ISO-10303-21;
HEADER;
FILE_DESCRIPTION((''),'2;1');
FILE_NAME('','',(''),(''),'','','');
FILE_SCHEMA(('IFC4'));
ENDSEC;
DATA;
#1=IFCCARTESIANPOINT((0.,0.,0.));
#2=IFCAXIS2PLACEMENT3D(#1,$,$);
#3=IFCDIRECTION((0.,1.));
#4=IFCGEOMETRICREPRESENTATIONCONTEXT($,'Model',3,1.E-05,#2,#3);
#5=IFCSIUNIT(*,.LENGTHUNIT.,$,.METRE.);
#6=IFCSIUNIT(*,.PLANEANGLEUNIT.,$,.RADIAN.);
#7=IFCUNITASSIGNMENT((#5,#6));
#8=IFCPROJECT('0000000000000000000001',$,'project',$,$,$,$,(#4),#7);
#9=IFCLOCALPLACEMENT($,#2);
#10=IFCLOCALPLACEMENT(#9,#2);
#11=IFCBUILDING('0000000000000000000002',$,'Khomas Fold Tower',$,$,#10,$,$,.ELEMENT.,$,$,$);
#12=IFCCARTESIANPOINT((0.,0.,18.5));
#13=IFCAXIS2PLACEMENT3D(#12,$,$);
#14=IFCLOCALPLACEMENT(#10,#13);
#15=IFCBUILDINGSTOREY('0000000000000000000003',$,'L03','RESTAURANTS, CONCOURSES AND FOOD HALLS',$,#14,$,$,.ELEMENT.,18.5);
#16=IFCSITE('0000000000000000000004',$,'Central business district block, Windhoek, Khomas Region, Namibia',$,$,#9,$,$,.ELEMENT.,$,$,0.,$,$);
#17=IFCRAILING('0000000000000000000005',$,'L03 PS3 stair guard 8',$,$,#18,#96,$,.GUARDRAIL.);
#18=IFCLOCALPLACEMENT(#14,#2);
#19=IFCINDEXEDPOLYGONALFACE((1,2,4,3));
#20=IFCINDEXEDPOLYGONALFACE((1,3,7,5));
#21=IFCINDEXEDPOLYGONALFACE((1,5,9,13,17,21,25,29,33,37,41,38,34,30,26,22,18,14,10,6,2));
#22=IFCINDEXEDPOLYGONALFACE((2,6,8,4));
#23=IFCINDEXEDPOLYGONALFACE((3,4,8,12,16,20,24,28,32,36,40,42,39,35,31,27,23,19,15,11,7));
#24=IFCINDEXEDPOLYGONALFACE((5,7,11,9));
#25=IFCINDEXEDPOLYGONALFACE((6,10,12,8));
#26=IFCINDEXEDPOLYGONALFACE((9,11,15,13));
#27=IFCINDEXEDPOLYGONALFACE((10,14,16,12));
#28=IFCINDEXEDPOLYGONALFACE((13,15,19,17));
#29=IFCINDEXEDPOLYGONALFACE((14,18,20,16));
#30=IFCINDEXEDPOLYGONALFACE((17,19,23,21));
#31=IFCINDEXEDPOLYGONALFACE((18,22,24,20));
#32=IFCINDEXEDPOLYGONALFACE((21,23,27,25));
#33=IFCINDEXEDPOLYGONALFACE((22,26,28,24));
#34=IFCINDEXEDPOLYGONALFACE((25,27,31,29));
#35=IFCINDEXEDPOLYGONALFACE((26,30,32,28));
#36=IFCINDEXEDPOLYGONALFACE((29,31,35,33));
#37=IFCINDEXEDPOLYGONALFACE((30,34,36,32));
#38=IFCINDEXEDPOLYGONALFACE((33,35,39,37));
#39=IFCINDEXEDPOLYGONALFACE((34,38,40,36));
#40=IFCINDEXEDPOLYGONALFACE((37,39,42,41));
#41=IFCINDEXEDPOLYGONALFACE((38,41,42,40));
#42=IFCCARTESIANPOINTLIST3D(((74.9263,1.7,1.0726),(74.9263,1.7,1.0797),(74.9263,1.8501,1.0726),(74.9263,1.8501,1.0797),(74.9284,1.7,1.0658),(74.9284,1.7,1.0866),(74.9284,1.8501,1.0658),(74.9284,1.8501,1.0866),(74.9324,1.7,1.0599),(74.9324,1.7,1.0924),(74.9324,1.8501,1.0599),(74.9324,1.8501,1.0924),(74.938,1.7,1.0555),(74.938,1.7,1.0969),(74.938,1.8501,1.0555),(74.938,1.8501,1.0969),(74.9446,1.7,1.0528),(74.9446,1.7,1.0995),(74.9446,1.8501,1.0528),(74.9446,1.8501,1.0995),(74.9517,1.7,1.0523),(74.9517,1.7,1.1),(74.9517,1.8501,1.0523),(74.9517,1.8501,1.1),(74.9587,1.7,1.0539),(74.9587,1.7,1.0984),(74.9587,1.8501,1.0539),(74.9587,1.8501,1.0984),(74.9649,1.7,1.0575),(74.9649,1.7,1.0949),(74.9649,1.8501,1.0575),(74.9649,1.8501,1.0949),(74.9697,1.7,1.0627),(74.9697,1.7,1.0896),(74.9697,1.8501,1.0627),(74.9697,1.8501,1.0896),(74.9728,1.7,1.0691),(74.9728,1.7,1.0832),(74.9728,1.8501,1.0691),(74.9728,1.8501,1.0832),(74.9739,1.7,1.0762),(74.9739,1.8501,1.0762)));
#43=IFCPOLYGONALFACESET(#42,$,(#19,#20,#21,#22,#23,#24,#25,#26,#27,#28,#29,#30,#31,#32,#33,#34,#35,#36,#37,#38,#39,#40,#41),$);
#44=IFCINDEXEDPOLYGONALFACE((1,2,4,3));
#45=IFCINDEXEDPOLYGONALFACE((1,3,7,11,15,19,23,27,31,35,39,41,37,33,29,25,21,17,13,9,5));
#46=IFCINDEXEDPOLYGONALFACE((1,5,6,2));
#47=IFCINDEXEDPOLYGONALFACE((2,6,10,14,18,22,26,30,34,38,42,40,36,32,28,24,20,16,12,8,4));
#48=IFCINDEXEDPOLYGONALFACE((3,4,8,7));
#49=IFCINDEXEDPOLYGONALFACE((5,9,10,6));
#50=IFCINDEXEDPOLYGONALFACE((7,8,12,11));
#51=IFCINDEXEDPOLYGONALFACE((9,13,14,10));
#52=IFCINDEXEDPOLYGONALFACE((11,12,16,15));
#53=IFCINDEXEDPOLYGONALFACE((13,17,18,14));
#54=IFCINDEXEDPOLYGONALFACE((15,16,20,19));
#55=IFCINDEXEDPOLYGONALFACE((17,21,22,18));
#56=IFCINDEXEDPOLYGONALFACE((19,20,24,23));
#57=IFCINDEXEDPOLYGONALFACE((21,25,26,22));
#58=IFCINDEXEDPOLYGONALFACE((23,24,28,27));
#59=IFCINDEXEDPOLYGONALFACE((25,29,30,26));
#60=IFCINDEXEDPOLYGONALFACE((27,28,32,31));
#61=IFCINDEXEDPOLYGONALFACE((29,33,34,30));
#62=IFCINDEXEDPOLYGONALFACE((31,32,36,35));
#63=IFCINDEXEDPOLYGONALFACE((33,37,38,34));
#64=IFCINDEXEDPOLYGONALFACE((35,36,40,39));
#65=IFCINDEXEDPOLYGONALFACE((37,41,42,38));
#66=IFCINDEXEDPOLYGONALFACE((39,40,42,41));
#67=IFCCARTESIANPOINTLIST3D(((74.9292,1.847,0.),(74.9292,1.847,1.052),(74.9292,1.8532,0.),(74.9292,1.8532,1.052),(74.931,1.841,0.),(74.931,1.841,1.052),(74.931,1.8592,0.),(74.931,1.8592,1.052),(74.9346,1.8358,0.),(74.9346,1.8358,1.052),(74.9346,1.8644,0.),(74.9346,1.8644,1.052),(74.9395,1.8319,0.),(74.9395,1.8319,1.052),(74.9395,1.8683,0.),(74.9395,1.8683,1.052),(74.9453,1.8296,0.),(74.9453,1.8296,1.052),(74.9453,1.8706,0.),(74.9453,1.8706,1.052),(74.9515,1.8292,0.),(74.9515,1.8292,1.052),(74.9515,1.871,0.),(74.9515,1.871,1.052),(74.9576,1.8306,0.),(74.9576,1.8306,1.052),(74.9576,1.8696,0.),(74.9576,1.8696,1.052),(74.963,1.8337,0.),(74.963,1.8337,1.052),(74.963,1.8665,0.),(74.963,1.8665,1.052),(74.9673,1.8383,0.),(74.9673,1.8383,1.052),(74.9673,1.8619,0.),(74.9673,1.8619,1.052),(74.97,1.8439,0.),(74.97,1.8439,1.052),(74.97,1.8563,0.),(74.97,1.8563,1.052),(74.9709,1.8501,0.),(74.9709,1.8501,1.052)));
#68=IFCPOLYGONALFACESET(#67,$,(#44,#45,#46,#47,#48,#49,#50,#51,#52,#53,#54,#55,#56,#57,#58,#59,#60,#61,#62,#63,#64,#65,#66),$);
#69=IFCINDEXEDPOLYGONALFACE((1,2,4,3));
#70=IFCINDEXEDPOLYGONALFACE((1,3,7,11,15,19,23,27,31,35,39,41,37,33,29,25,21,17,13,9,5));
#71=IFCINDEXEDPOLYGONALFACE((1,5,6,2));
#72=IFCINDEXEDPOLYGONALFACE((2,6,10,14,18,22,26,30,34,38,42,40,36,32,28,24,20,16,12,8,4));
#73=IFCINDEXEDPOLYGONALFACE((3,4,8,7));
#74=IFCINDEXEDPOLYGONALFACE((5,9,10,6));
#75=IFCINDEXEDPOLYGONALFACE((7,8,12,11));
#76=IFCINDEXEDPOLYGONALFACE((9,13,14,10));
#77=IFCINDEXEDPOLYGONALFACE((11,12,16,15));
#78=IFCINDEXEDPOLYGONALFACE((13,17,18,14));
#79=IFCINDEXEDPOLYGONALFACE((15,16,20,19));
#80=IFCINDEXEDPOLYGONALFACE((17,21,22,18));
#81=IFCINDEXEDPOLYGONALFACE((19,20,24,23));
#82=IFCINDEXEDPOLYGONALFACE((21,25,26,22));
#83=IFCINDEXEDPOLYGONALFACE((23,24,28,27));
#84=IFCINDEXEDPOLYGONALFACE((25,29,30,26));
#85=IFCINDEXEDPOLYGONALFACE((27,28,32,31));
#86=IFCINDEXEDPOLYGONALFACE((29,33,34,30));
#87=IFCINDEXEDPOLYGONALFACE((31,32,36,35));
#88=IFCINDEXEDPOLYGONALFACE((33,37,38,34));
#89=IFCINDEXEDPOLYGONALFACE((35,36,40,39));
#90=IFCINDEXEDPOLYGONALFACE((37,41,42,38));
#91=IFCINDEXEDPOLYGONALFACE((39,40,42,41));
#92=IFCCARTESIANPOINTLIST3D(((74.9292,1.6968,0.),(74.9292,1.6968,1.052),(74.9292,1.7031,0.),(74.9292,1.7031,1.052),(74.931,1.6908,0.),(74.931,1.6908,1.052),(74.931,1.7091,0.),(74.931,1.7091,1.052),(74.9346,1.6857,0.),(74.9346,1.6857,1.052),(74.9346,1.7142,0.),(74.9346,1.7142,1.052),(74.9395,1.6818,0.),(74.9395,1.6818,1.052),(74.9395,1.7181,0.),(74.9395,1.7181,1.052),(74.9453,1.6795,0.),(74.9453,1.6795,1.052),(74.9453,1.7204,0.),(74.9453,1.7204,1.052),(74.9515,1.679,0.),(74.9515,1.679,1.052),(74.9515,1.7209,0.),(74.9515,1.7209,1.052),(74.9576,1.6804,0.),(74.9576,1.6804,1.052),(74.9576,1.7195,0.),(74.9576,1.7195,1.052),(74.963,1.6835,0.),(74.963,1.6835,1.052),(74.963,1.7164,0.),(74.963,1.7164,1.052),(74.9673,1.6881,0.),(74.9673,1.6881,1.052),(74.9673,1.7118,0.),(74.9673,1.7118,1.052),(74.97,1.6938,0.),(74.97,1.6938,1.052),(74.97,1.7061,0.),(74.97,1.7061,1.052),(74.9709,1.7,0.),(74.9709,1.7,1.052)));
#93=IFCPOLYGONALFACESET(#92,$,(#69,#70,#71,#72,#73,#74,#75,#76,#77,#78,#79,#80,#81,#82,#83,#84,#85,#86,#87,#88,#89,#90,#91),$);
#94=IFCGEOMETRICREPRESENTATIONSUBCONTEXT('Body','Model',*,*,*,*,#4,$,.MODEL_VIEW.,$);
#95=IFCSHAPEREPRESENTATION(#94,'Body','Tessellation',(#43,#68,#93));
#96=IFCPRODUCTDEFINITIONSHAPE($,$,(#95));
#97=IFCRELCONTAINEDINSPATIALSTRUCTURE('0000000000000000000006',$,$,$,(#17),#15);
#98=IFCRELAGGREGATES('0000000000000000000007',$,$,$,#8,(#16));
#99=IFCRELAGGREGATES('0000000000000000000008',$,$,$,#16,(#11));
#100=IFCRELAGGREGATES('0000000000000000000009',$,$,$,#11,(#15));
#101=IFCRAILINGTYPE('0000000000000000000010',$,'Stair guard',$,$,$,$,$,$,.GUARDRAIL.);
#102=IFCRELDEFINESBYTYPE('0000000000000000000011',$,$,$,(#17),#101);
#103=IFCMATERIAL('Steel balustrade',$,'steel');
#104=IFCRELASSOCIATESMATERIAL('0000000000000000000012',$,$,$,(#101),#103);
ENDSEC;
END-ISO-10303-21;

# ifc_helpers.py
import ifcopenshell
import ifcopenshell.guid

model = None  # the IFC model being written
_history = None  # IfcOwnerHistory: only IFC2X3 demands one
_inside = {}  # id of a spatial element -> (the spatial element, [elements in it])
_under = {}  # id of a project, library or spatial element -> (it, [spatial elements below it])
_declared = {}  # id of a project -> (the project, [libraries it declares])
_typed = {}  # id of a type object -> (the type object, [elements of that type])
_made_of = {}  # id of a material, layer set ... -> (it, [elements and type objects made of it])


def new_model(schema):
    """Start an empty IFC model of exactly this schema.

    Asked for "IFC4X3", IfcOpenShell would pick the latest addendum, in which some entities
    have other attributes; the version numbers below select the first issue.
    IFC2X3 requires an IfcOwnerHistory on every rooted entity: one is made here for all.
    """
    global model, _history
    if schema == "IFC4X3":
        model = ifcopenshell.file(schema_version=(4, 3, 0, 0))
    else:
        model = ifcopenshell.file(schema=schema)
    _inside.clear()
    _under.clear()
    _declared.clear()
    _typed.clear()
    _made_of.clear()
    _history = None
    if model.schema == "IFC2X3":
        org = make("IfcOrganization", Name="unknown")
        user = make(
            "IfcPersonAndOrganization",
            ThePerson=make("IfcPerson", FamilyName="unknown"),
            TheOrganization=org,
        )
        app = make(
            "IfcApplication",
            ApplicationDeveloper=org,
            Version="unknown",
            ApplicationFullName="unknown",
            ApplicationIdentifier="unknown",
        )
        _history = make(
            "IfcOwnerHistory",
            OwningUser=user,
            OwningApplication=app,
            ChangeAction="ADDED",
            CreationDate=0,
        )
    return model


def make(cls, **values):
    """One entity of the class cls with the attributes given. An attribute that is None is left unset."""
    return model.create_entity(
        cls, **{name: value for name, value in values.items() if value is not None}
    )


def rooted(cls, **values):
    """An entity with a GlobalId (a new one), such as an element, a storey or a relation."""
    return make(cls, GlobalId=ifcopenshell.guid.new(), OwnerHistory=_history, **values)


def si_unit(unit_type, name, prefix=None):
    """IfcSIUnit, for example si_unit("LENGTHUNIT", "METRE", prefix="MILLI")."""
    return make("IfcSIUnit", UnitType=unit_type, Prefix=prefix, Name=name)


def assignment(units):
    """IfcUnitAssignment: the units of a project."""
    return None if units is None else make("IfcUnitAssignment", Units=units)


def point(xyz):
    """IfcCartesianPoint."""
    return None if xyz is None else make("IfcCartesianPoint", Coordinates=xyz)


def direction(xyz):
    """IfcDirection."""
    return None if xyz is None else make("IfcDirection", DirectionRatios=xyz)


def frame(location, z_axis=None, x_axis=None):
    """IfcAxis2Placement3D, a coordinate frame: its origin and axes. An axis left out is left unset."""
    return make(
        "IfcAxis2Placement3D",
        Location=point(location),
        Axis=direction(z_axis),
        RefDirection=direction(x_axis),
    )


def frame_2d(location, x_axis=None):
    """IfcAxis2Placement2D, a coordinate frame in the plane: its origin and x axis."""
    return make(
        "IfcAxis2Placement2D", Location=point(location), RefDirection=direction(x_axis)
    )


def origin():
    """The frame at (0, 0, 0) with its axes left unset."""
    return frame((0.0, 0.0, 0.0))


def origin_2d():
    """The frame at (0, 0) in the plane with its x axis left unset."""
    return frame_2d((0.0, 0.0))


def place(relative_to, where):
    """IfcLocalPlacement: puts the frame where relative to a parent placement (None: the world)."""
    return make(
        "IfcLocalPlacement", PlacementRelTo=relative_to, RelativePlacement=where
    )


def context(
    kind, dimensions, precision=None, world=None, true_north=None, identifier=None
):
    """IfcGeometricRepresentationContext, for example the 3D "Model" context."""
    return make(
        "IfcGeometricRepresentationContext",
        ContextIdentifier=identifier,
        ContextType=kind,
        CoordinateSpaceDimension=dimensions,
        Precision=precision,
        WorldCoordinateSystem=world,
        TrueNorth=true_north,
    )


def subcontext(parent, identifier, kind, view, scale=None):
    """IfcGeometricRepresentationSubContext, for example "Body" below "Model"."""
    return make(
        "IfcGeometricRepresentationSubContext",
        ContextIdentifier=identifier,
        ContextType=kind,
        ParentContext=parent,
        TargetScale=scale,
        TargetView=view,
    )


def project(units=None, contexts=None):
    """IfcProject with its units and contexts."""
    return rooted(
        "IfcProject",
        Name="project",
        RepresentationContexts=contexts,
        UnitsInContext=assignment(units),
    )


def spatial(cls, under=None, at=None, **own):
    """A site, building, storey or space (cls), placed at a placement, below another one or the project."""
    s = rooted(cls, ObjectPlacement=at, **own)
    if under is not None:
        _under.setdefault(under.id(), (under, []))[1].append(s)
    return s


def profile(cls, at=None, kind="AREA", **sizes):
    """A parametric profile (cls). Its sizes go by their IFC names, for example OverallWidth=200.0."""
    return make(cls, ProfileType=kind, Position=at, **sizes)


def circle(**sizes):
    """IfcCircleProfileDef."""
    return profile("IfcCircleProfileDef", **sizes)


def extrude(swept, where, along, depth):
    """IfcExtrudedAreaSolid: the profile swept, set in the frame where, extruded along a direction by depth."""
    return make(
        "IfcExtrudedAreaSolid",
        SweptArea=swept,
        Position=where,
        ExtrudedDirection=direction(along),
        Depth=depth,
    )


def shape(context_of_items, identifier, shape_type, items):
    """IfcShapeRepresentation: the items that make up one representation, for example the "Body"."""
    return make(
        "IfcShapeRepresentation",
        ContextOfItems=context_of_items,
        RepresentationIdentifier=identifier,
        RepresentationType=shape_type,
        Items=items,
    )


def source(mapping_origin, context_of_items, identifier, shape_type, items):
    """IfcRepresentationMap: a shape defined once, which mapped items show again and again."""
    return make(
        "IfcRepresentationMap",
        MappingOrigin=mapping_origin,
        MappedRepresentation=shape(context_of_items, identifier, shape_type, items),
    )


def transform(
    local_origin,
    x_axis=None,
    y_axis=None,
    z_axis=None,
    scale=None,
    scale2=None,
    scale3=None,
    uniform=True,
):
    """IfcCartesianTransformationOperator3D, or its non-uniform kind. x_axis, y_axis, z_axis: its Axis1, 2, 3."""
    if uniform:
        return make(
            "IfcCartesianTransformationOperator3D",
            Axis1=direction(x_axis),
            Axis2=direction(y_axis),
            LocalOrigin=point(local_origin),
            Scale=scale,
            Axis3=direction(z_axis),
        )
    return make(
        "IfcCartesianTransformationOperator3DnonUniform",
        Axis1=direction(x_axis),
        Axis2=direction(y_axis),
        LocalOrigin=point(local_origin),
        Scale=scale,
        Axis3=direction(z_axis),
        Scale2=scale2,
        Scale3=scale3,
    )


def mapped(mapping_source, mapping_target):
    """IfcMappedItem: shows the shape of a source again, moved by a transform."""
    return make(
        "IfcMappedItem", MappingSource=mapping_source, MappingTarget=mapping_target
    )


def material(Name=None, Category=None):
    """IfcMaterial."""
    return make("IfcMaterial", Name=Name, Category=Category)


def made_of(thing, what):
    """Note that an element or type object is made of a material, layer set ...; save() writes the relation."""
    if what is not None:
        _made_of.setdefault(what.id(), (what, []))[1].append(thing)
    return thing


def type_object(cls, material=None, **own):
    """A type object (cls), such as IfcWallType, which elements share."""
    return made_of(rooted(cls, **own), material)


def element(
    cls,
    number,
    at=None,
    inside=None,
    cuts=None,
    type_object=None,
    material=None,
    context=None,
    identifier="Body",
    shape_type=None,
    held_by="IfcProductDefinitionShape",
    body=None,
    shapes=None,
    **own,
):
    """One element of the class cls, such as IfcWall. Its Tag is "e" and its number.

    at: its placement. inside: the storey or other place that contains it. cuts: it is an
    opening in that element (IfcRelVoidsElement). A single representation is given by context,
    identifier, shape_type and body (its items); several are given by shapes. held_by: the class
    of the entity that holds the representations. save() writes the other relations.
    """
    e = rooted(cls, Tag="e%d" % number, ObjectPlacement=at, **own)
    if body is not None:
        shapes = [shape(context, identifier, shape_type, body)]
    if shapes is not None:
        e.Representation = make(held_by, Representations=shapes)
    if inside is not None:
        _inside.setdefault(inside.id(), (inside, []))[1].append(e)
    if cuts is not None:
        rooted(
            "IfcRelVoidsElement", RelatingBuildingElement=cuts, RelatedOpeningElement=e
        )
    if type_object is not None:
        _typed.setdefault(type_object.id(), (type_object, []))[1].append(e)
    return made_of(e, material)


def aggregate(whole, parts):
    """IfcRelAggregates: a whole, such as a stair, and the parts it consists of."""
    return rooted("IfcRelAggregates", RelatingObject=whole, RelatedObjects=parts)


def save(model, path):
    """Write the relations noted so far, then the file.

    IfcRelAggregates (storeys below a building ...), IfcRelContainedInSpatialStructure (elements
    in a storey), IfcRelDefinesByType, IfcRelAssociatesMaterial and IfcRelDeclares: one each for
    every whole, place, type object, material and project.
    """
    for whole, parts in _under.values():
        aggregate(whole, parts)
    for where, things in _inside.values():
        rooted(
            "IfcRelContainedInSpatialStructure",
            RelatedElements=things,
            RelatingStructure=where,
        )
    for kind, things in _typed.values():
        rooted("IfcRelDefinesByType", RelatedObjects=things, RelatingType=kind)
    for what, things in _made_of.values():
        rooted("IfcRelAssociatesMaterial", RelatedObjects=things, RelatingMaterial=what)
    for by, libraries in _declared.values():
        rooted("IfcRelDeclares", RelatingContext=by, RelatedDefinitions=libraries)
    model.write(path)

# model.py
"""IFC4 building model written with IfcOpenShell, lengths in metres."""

from ifc_helpers import new_model, si_unit, direction, frame, origin, origin_2d, place, context, subcontext, project, spatial, circle, extrude, source, transform, mapped, material, type_object, element, save


model = new_model("IFC4")

# Units and contexts
model_context = context("Model", 3, precision=1e-05, world=origin(), true_north=direction((0.0, 1.0)))
body_context = subcontext(model_context, "Body", "Model", "MODEL_VIEW")
ifc_project = project(units=[si_unit("LENGTHUNIT", "METRE"), si_unit("PLANEANGLEUNIT", "RADIAN")], contexts=[model_context])

# Site, building, storey
site_placement = place(None, origin())
site = spatial("IfcSite", under=ifc_project, at=site_placement, Name="Central business district block, Windhoek, Khomas Region, Namibia", CompositionType="ELEMENT", RefElevation=0.0)
building_placement = place(site_placement, origin())
building = spatial("IfcBuilding", under=site, at=building_placement, Name="Khomas Fold Tower", CompositionType="ELEMENT")
storey_placement = place(building_placement, frame((0.0, 0.0, 18.5)))
storey = spatial("IfcBuildingStorey", under=building, at=storey_placement, Name="L03", Description="RESTAURANTS, CONCOURSES AND FOOD HALLS", CompositionType="ELEMENT", Elevation=18.5)

# Railing
ifc_material_1 = material(Name="Steel balustrade", Category="steel")
railing_type_1 = type_object("IfcRailingType", Name="Stair guard", PredefinedType="GUARDRAIL", material=ifc_material_1)
shared_shape_1 = source(origin(), body_context, "Body", "SweptSolid", [
    extrude(circle(Radius=0.0239, at=origin_2d()), frame((0.0, 0.0, 1.0762), z_axis=(0.0, -1.0, 0.0), x_axis=(1.0, 0.0, 0.0)), (0.0, 0.0, 1.0), 0.1501),
    extrude(circle(Radius=0.021, at=origin_2d()), origin(), (0.0, 0.0, 1.0), 1.052),
    extrude(circle(Radius=0.021, at=origin_2d()), frame((0.0, -0.1501, 0.0)), (0.0, 0.0, 1.0), 1.052),
])
for number, where, name in (
    (1, (74.95, 1.8501, 0.0), "L03 PS3 stair guard 8"),
):
    element("IfcRailing", number, at=place(storey_placement, frame(where)), inside=storey, type_object=railing_type_1, Name=name, PredefinedType="GUARDRAIL", context=body_context, shape_type="MappedRepresentation", body=[
        mapped(shared_shape_1, transform((0.0, 0.0, 0.0))),
    ])

save(model, "model.ifc")
